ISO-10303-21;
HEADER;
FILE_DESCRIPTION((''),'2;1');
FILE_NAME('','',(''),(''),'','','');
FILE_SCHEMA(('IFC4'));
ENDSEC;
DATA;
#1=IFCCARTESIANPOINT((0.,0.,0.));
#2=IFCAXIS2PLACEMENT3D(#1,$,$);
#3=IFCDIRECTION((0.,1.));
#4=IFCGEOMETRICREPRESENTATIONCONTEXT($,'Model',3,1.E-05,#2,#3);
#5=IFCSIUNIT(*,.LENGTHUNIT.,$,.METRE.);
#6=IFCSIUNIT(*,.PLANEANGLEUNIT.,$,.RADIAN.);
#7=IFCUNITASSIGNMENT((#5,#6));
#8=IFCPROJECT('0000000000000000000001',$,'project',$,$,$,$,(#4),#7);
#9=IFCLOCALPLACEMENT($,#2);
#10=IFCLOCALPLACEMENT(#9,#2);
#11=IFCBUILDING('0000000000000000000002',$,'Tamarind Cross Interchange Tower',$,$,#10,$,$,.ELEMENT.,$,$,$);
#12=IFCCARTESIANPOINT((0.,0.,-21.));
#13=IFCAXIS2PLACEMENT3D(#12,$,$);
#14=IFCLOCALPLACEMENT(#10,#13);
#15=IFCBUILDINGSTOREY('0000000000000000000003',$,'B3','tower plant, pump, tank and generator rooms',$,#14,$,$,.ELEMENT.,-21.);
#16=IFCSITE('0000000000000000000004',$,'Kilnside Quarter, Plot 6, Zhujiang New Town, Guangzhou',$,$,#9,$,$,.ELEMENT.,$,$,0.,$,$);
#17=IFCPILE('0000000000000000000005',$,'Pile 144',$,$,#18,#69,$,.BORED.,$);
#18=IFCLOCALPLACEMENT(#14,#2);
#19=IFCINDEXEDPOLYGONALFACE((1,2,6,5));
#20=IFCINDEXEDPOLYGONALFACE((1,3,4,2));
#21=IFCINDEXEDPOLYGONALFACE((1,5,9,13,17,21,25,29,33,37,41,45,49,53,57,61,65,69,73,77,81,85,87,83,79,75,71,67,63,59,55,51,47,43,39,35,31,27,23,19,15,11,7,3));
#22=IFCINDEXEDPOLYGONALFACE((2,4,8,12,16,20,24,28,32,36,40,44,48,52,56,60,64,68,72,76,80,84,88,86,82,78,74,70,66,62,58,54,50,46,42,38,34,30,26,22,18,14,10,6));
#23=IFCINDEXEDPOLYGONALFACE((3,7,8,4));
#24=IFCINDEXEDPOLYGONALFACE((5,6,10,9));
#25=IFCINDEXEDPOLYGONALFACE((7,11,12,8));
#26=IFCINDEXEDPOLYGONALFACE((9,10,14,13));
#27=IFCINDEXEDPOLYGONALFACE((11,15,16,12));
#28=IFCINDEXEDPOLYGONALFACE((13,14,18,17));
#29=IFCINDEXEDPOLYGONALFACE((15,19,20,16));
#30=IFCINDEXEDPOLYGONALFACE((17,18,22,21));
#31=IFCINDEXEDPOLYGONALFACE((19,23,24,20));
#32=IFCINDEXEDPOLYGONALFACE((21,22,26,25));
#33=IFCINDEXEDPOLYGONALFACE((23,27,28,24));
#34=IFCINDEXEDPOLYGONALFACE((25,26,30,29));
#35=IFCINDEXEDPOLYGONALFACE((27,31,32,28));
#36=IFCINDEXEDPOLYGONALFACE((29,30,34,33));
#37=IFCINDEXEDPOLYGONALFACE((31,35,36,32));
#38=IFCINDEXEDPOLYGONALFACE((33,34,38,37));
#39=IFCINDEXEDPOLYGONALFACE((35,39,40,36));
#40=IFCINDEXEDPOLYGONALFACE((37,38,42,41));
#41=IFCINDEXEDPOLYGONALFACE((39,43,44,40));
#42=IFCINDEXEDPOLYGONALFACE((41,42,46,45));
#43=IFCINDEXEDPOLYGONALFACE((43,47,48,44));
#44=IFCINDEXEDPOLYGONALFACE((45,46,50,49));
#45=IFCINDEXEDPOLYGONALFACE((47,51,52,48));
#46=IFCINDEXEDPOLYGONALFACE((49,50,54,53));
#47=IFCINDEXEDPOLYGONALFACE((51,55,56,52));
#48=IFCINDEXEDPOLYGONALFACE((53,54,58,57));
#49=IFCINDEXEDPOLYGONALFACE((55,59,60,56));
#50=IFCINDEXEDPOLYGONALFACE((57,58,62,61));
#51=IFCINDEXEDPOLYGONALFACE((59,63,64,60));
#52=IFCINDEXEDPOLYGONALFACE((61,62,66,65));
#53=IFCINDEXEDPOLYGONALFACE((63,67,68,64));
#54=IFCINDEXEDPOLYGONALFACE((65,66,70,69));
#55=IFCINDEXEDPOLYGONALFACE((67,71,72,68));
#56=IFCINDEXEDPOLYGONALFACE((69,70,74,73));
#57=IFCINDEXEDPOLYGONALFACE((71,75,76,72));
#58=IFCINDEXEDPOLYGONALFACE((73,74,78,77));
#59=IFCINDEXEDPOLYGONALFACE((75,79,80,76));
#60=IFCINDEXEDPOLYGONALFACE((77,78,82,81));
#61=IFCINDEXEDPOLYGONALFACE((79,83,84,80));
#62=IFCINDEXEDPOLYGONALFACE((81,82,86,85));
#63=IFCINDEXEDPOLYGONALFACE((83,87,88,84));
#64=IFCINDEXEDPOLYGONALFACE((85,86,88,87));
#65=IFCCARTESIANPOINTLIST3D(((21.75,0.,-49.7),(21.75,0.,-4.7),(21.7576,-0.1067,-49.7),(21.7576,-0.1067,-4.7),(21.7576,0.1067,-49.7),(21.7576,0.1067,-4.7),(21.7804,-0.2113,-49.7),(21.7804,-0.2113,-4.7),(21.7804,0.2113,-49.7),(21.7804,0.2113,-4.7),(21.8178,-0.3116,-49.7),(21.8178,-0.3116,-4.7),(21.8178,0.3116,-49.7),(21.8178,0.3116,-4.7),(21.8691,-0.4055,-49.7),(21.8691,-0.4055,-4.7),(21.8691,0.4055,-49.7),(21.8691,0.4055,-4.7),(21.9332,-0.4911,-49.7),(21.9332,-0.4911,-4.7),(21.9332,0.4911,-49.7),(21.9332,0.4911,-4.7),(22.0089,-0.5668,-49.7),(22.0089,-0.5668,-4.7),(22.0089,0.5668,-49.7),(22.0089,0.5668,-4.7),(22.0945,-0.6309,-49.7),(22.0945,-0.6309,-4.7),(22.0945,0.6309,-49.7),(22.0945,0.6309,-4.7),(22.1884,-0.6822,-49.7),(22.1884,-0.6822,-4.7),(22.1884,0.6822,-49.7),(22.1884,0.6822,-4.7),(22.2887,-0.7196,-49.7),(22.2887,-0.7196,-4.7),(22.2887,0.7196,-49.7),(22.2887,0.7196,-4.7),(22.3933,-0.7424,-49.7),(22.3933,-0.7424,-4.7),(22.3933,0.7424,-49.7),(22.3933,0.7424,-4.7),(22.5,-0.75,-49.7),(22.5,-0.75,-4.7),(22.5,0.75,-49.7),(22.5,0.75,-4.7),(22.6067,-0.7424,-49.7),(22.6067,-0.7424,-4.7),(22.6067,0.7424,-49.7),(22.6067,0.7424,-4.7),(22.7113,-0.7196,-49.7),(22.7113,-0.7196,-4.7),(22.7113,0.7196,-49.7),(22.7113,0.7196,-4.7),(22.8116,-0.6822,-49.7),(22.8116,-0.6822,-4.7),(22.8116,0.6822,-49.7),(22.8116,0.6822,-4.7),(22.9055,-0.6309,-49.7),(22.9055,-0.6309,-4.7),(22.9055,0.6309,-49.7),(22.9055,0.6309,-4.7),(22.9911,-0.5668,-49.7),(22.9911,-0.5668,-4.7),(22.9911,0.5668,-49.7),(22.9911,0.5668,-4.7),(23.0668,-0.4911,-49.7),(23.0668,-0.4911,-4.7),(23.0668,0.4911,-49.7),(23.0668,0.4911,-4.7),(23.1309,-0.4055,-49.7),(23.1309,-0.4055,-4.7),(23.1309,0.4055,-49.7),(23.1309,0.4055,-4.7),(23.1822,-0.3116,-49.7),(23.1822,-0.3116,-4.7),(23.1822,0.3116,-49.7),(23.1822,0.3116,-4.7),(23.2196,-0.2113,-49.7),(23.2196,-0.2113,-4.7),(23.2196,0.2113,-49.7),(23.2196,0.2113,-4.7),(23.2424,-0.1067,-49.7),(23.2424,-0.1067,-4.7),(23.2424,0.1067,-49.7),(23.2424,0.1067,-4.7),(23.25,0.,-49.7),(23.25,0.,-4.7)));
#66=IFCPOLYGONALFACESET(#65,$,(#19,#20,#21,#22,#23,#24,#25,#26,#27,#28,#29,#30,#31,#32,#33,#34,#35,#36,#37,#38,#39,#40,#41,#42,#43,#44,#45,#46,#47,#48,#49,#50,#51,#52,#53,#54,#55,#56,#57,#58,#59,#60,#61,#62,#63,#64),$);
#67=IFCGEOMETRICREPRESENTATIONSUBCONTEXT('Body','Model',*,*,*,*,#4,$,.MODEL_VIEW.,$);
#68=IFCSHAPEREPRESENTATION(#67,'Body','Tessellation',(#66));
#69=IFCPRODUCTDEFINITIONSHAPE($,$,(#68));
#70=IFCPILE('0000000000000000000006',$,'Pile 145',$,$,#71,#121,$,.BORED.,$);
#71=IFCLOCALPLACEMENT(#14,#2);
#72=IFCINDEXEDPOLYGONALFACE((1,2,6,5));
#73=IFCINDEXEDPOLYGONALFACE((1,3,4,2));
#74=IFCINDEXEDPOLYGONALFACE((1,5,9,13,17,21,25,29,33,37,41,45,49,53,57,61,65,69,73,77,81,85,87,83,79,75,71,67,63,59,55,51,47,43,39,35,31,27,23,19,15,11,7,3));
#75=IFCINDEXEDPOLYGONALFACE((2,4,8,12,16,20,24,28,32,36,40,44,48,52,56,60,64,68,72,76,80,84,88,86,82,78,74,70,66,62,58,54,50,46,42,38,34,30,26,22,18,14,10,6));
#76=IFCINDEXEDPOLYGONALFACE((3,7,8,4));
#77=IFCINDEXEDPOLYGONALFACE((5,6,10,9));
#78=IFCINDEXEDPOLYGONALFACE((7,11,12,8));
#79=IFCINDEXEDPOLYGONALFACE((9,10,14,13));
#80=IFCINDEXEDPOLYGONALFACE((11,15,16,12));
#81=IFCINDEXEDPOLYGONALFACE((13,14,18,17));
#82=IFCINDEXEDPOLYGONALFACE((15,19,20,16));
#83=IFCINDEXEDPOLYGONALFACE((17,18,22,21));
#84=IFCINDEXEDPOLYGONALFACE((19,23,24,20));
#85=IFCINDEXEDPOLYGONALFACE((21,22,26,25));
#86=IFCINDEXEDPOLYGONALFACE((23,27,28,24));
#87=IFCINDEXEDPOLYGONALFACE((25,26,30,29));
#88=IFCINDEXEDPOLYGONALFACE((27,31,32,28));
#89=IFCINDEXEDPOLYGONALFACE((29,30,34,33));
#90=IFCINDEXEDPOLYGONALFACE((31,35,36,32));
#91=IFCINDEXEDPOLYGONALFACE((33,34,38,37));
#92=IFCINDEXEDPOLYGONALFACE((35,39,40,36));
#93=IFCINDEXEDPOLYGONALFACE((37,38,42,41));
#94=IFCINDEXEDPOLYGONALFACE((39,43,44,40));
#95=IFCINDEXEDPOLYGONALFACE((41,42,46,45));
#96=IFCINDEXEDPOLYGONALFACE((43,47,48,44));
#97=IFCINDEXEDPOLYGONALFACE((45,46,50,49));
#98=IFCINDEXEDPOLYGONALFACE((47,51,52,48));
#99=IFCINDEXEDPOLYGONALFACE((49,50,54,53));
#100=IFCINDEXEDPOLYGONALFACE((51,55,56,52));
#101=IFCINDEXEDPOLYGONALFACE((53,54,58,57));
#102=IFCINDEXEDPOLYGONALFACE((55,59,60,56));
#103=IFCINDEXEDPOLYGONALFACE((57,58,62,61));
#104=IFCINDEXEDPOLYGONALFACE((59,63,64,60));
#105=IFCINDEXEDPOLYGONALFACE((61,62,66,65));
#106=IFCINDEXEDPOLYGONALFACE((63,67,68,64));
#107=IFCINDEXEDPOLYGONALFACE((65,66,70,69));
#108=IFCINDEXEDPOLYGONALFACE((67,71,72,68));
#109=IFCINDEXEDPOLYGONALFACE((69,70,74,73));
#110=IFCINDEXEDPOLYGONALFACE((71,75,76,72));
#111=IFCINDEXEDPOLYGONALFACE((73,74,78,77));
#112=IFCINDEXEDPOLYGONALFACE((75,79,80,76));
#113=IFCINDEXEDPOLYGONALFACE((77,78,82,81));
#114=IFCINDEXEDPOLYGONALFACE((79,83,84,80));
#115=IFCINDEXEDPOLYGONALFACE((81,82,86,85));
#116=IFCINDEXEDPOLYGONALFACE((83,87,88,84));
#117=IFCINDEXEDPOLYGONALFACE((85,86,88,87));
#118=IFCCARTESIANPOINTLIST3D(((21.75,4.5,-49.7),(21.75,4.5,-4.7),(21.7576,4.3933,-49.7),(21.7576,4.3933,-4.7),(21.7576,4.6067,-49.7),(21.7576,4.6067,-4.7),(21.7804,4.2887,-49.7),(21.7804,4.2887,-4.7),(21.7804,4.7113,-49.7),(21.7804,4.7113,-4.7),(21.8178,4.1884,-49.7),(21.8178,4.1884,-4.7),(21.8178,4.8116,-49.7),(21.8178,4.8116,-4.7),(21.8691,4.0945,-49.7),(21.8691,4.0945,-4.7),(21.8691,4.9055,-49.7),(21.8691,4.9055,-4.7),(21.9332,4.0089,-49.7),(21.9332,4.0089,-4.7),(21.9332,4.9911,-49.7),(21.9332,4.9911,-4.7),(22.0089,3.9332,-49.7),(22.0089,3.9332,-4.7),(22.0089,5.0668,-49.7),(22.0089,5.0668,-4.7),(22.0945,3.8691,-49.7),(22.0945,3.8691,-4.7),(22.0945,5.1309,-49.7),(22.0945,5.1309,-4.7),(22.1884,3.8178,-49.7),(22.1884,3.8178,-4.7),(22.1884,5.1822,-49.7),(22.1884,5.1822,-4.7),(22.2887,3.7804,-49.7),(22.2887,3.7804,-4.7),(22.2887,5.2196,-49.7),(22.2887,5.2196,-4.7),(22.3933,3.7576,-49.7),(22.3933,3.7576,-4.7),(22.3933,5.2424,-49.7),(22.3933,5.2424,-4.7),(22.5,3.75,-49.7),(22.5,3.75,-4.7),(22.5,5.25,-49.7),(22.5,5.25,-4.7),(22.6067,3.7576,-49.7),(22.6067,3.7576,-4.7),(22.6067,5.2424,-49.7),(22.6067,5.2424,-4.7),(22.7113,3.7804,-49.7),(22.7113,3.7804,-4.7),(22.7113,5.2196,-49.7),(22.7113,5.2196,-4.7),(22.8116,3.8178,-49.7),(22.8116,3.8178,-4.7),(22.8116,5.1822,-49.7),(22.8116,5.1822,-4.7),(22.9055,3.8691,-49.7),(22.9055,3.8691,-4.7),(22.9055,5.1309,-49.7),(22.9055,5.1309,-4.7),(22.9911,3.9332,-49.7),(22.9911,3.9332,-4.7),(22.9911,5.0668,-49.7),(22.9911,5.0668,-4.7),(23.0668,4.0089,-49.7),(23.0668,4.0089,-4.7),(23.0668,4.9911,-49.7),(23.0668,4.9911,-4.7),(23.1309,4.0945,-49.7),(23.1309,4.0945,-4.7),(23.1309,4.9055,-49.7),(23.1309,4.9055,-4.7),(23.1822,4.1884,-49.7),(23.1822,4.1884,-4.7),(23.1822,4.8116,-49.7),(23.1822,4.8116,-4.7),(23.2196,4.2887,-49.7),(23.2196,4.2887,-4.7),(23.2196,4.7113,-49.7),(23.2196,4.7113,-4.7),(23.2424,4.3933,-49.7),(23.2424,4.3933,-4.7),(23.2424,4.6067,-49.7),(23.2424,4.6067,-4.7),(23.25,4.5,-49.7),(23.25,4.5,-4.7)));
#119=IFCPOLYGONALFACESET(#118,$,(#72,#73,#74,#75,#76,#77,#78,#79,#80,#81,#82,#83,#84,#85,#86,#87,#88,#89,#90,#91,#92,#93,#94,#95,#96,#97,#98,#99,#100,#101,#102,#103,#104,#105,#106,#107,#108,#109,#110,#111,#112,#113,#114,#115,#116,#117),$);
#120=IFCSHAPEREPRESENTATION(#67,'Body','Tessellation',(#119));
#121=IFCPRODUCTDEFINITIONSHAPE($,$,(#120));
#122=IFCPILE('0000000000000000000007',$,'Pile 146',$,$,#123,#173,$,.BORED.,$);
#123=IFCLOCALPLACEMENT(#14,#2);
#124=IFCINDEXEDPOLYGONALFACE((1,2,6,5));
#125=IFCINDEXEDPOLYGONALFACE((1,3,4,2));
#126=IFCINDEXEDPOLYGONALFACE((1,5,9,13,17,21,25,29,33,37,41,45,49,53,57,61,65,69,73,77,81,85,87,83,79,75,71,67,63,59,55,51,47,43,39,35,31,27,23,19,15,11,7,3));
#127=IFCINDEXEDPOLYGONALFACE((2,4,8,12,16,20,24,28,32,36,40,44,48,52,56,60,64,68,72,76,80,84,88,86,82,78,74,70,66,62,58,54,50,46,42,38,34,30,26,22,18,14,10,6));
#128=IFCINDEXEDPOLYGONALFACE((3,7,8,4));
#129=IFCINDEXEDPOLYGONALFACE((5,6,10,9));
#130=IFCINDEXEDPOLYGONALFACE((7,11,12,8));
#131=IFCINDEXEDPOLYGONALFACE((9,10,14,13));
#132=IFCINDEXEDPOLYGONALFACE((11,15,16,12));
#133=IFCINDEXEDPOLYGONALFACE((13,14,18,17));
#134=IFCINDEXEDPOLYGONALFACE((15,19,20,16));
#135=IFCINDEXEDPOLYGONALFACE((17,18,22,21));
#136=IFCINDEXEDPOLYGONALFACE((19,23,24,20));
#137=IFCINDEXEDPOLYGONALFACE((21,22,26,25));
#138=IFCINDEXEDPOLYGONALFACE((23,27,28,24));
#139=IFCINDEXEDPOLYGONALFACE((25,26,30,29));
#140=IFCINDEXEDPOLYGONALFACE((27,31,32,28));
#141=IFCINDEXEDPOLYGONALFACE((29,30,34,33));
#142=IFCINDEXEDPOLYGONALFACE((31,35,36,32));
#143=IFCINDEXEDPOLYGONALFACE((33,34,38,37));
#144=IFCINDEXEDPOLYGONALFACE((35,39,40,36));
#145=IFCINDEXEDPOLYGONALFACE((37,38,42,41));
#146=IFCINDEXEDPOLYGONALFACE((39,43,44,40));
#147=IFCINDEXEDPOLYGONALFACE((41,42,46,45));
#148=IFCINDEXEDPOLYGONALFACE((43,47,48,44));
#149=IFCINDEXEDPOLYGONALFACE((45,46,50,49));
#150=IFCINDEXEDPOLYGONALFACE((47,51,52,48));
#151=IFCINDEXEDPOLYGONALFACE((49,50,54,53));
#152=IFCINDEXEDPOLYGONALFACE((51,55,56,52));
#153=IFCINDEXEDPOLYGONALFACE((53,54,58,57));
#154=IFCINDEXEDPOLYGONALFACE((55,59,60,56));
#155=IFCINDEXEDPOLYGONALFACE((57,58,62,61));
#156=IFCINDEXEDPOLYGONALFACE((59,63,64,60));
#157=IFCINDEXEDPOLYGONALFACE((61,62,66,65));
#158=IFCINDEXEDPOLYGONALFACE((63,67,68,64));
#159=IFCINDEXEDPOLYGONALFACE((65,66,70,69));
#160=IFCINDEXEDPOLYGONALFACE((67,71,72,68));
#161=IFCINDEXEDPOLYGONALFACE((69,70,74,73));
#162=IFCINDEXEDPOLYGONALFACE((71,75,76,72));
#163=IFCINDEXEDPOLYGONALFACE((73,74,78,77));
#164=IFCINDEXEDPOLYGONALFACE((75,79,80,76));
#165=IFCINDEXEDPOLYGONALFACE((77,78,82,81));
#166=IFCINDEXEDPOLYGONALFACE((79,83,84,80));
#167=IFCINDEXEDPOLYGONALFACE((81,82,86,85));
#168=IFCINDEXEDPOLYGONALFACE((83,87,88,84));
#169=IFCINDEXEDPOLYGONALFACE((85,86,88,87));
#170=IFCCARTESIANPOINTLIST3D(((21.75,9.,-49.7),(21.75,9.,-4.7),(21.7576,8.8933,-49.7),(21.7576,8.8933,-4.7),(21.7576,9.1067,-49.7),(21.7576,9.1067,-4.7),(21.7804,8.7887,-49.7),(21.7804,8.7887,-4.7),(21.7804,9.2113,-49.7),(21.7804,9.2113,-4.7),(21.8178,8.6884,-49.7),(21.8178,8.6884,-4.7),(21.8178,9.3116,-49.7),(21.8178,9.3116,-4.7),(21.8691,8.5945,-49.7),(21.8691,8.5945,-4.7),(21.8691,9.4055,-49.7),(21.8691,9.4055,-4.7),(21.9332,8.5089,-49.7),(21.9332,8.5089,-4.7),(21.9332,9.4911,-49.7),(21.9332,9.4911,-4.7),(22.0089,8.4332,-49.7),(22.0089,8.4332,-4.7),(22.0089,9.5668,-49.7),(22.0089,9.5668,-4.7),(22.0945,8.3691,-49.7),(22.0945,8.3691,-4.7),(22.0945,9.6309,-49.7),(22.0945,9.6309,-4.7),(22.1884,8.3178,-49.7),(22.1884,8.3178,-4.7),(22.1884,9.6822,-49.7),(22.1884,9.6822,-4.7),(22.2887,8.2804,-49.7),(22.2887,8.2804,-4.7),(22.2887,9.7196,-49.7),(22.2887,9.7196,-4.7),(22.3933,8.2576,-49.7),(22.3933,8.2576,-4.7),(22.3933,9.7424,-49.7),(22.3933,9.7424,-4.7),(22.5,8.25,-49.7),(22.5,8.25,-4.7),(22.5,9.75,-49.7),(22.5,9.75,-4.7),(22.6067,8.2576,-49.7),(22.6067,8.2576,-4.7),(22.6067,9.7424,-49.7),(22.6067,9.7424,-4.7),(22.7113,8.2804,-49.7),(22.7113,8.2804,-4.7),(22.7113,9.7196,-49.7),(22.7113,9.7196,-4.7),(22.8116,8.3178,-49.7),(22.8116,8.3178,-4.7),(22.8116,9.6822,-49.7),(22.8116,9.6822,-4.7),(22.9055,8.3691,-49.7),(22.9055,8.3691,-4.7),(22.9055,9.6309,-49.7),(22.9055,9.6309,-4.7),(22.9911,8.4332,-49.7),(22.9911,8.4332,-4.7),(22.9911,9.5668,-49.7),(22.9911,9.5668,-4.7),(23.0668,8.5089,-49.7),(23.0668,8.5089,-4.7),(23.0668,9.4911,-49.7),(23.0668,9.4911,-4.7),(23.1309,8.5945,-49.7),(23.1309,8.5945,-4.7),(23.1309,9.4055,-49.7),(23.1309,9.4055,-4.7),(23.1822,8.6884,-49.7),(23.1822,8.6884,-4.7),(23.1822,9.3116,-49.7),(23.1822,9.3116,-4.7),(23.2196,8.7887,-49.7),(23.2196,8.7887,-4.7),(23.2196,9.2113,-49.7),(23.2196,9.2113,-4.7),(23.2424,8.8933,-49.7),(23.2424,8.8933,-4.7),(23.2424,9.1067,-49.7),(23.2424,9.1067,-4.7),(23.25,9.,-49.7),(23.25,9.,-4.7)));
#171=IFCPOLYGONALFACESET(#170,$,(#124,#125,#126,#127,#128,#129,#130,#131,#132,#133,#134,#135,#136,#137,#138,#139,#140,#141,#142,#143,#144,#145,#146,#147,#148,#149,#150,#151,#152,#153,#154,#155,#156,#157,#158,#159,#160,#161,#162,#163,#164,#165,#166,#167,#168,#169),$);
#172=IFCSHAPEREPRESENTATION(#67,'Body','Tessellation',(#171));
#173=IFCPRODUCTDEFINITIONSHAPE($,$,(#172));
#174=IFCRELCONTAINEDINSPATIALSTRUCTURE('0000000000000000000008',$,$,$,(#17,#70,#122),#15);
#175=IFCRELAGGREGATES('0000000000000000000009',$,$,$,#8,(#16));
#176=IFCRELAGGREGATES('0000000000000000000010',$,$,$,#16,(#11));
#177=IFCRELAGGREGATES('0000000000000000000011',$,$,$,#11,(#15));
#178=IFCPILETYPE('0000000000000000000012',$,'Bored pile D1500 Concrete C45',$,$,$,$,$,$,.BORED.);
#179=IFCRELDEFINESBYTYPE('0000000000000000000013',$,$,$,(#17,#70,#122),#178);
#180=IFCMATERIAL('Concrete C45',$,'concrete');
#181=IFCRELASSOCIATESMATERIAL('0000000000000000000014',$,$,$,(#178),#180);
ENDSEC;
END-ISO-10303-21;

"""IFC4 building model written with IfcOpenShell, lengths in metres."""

from ifc_helpers import new_model, si_unit, direction, frame, origin, origin_2d, place, context, subcontext, project, spatial, circle, extrude, material, material_profile, profile_set, type_object, element, save


model = new_model("IFC4")

# Units and contexts
model_context = context("Model", 3, precision=1e-05, world=origin(), true_north=direction((0.0, 1.0)))
body_context = subcontext(model_context, "Body", "Model", "MODEL_VIEW")
ifc_project = project(units=[si_unit("LENGTHUNIT", "METRE"), si_unit("PLANEANGLEUNIT", "RADIAN")], contexts=[model_context])

# Site, building, storey
site_placement = place(None, origin())
site = spatial("IfcSite", under=ifc_project, at=site_placement, Name="Kilnside Quarter, Plot 6, Zhujiang New Town, Guangzhou", CompositionType="ELEMENT", RefElevation=0.0)
building_placement = place(site_placement, origin())
building = spatial("IfcBuilding", under=site, at=building_placement, Name="Tamarind Cross Interchange Tower", CompositionType="ELEMENT")
storey_placement = place(building_placement, frame((0.0, 0.0, -21.0)))
storey = spatial("IfcBuildingStorey", under=building, at=storey_placement, Name="B3", Description="tower plant, pump, tank and generator rooms", CompositionType="ELEMENT", Elevation=-21.0)

# Piles
ifc_material_1 = material(Name="Concrete C45", Category="concrete")
ifc_material_profile_1 = material_profile(ifc_material_1, circle(Radius=0.75, at=origin_2d()), Name="RC D1500")
ifc_profile_set_1 = profile_set([ifc_material_profile_1], Name="Concrete C45")
pile_type = type_object("IfcPileType", Name="Bored pile D1500 Concrete C45", PredefinedType="BORED", material=ifc_profile_set_1)
for number, where, z_axis, x_axis, name in (
    (1, (22.5, 0.0, -4.7), (0.0, 0.0, -1.0), (1.0, 0.0, 0.0), "Pile 144"),
    (2, (22.5, 4.5, -4.7), (0.0, 0.0, -1.0), (1.0, 0.0, 0.0), "Pile 145"),
    (3, (22.5, 9.0, -4.7), (0.0, 0.0, -1.0), (1.0, 0.0, 0.0), "Pile 146"),
):
    element("IfcPile", number, at=place(storey_placement, frame(where, z_axis=z_axis, x_axis=x_axis)), inside=storey, type_object=pile_type, Name=name, PredefinedType="BORED", context=body_context, shape_type="SweptSolid", body=[
        extrude(circle(Radius=0.75, at=origin_2d()), origin(), (0.0, 0.0, 1.0), 45.0),
    ])

save(model, "model.ifc")
